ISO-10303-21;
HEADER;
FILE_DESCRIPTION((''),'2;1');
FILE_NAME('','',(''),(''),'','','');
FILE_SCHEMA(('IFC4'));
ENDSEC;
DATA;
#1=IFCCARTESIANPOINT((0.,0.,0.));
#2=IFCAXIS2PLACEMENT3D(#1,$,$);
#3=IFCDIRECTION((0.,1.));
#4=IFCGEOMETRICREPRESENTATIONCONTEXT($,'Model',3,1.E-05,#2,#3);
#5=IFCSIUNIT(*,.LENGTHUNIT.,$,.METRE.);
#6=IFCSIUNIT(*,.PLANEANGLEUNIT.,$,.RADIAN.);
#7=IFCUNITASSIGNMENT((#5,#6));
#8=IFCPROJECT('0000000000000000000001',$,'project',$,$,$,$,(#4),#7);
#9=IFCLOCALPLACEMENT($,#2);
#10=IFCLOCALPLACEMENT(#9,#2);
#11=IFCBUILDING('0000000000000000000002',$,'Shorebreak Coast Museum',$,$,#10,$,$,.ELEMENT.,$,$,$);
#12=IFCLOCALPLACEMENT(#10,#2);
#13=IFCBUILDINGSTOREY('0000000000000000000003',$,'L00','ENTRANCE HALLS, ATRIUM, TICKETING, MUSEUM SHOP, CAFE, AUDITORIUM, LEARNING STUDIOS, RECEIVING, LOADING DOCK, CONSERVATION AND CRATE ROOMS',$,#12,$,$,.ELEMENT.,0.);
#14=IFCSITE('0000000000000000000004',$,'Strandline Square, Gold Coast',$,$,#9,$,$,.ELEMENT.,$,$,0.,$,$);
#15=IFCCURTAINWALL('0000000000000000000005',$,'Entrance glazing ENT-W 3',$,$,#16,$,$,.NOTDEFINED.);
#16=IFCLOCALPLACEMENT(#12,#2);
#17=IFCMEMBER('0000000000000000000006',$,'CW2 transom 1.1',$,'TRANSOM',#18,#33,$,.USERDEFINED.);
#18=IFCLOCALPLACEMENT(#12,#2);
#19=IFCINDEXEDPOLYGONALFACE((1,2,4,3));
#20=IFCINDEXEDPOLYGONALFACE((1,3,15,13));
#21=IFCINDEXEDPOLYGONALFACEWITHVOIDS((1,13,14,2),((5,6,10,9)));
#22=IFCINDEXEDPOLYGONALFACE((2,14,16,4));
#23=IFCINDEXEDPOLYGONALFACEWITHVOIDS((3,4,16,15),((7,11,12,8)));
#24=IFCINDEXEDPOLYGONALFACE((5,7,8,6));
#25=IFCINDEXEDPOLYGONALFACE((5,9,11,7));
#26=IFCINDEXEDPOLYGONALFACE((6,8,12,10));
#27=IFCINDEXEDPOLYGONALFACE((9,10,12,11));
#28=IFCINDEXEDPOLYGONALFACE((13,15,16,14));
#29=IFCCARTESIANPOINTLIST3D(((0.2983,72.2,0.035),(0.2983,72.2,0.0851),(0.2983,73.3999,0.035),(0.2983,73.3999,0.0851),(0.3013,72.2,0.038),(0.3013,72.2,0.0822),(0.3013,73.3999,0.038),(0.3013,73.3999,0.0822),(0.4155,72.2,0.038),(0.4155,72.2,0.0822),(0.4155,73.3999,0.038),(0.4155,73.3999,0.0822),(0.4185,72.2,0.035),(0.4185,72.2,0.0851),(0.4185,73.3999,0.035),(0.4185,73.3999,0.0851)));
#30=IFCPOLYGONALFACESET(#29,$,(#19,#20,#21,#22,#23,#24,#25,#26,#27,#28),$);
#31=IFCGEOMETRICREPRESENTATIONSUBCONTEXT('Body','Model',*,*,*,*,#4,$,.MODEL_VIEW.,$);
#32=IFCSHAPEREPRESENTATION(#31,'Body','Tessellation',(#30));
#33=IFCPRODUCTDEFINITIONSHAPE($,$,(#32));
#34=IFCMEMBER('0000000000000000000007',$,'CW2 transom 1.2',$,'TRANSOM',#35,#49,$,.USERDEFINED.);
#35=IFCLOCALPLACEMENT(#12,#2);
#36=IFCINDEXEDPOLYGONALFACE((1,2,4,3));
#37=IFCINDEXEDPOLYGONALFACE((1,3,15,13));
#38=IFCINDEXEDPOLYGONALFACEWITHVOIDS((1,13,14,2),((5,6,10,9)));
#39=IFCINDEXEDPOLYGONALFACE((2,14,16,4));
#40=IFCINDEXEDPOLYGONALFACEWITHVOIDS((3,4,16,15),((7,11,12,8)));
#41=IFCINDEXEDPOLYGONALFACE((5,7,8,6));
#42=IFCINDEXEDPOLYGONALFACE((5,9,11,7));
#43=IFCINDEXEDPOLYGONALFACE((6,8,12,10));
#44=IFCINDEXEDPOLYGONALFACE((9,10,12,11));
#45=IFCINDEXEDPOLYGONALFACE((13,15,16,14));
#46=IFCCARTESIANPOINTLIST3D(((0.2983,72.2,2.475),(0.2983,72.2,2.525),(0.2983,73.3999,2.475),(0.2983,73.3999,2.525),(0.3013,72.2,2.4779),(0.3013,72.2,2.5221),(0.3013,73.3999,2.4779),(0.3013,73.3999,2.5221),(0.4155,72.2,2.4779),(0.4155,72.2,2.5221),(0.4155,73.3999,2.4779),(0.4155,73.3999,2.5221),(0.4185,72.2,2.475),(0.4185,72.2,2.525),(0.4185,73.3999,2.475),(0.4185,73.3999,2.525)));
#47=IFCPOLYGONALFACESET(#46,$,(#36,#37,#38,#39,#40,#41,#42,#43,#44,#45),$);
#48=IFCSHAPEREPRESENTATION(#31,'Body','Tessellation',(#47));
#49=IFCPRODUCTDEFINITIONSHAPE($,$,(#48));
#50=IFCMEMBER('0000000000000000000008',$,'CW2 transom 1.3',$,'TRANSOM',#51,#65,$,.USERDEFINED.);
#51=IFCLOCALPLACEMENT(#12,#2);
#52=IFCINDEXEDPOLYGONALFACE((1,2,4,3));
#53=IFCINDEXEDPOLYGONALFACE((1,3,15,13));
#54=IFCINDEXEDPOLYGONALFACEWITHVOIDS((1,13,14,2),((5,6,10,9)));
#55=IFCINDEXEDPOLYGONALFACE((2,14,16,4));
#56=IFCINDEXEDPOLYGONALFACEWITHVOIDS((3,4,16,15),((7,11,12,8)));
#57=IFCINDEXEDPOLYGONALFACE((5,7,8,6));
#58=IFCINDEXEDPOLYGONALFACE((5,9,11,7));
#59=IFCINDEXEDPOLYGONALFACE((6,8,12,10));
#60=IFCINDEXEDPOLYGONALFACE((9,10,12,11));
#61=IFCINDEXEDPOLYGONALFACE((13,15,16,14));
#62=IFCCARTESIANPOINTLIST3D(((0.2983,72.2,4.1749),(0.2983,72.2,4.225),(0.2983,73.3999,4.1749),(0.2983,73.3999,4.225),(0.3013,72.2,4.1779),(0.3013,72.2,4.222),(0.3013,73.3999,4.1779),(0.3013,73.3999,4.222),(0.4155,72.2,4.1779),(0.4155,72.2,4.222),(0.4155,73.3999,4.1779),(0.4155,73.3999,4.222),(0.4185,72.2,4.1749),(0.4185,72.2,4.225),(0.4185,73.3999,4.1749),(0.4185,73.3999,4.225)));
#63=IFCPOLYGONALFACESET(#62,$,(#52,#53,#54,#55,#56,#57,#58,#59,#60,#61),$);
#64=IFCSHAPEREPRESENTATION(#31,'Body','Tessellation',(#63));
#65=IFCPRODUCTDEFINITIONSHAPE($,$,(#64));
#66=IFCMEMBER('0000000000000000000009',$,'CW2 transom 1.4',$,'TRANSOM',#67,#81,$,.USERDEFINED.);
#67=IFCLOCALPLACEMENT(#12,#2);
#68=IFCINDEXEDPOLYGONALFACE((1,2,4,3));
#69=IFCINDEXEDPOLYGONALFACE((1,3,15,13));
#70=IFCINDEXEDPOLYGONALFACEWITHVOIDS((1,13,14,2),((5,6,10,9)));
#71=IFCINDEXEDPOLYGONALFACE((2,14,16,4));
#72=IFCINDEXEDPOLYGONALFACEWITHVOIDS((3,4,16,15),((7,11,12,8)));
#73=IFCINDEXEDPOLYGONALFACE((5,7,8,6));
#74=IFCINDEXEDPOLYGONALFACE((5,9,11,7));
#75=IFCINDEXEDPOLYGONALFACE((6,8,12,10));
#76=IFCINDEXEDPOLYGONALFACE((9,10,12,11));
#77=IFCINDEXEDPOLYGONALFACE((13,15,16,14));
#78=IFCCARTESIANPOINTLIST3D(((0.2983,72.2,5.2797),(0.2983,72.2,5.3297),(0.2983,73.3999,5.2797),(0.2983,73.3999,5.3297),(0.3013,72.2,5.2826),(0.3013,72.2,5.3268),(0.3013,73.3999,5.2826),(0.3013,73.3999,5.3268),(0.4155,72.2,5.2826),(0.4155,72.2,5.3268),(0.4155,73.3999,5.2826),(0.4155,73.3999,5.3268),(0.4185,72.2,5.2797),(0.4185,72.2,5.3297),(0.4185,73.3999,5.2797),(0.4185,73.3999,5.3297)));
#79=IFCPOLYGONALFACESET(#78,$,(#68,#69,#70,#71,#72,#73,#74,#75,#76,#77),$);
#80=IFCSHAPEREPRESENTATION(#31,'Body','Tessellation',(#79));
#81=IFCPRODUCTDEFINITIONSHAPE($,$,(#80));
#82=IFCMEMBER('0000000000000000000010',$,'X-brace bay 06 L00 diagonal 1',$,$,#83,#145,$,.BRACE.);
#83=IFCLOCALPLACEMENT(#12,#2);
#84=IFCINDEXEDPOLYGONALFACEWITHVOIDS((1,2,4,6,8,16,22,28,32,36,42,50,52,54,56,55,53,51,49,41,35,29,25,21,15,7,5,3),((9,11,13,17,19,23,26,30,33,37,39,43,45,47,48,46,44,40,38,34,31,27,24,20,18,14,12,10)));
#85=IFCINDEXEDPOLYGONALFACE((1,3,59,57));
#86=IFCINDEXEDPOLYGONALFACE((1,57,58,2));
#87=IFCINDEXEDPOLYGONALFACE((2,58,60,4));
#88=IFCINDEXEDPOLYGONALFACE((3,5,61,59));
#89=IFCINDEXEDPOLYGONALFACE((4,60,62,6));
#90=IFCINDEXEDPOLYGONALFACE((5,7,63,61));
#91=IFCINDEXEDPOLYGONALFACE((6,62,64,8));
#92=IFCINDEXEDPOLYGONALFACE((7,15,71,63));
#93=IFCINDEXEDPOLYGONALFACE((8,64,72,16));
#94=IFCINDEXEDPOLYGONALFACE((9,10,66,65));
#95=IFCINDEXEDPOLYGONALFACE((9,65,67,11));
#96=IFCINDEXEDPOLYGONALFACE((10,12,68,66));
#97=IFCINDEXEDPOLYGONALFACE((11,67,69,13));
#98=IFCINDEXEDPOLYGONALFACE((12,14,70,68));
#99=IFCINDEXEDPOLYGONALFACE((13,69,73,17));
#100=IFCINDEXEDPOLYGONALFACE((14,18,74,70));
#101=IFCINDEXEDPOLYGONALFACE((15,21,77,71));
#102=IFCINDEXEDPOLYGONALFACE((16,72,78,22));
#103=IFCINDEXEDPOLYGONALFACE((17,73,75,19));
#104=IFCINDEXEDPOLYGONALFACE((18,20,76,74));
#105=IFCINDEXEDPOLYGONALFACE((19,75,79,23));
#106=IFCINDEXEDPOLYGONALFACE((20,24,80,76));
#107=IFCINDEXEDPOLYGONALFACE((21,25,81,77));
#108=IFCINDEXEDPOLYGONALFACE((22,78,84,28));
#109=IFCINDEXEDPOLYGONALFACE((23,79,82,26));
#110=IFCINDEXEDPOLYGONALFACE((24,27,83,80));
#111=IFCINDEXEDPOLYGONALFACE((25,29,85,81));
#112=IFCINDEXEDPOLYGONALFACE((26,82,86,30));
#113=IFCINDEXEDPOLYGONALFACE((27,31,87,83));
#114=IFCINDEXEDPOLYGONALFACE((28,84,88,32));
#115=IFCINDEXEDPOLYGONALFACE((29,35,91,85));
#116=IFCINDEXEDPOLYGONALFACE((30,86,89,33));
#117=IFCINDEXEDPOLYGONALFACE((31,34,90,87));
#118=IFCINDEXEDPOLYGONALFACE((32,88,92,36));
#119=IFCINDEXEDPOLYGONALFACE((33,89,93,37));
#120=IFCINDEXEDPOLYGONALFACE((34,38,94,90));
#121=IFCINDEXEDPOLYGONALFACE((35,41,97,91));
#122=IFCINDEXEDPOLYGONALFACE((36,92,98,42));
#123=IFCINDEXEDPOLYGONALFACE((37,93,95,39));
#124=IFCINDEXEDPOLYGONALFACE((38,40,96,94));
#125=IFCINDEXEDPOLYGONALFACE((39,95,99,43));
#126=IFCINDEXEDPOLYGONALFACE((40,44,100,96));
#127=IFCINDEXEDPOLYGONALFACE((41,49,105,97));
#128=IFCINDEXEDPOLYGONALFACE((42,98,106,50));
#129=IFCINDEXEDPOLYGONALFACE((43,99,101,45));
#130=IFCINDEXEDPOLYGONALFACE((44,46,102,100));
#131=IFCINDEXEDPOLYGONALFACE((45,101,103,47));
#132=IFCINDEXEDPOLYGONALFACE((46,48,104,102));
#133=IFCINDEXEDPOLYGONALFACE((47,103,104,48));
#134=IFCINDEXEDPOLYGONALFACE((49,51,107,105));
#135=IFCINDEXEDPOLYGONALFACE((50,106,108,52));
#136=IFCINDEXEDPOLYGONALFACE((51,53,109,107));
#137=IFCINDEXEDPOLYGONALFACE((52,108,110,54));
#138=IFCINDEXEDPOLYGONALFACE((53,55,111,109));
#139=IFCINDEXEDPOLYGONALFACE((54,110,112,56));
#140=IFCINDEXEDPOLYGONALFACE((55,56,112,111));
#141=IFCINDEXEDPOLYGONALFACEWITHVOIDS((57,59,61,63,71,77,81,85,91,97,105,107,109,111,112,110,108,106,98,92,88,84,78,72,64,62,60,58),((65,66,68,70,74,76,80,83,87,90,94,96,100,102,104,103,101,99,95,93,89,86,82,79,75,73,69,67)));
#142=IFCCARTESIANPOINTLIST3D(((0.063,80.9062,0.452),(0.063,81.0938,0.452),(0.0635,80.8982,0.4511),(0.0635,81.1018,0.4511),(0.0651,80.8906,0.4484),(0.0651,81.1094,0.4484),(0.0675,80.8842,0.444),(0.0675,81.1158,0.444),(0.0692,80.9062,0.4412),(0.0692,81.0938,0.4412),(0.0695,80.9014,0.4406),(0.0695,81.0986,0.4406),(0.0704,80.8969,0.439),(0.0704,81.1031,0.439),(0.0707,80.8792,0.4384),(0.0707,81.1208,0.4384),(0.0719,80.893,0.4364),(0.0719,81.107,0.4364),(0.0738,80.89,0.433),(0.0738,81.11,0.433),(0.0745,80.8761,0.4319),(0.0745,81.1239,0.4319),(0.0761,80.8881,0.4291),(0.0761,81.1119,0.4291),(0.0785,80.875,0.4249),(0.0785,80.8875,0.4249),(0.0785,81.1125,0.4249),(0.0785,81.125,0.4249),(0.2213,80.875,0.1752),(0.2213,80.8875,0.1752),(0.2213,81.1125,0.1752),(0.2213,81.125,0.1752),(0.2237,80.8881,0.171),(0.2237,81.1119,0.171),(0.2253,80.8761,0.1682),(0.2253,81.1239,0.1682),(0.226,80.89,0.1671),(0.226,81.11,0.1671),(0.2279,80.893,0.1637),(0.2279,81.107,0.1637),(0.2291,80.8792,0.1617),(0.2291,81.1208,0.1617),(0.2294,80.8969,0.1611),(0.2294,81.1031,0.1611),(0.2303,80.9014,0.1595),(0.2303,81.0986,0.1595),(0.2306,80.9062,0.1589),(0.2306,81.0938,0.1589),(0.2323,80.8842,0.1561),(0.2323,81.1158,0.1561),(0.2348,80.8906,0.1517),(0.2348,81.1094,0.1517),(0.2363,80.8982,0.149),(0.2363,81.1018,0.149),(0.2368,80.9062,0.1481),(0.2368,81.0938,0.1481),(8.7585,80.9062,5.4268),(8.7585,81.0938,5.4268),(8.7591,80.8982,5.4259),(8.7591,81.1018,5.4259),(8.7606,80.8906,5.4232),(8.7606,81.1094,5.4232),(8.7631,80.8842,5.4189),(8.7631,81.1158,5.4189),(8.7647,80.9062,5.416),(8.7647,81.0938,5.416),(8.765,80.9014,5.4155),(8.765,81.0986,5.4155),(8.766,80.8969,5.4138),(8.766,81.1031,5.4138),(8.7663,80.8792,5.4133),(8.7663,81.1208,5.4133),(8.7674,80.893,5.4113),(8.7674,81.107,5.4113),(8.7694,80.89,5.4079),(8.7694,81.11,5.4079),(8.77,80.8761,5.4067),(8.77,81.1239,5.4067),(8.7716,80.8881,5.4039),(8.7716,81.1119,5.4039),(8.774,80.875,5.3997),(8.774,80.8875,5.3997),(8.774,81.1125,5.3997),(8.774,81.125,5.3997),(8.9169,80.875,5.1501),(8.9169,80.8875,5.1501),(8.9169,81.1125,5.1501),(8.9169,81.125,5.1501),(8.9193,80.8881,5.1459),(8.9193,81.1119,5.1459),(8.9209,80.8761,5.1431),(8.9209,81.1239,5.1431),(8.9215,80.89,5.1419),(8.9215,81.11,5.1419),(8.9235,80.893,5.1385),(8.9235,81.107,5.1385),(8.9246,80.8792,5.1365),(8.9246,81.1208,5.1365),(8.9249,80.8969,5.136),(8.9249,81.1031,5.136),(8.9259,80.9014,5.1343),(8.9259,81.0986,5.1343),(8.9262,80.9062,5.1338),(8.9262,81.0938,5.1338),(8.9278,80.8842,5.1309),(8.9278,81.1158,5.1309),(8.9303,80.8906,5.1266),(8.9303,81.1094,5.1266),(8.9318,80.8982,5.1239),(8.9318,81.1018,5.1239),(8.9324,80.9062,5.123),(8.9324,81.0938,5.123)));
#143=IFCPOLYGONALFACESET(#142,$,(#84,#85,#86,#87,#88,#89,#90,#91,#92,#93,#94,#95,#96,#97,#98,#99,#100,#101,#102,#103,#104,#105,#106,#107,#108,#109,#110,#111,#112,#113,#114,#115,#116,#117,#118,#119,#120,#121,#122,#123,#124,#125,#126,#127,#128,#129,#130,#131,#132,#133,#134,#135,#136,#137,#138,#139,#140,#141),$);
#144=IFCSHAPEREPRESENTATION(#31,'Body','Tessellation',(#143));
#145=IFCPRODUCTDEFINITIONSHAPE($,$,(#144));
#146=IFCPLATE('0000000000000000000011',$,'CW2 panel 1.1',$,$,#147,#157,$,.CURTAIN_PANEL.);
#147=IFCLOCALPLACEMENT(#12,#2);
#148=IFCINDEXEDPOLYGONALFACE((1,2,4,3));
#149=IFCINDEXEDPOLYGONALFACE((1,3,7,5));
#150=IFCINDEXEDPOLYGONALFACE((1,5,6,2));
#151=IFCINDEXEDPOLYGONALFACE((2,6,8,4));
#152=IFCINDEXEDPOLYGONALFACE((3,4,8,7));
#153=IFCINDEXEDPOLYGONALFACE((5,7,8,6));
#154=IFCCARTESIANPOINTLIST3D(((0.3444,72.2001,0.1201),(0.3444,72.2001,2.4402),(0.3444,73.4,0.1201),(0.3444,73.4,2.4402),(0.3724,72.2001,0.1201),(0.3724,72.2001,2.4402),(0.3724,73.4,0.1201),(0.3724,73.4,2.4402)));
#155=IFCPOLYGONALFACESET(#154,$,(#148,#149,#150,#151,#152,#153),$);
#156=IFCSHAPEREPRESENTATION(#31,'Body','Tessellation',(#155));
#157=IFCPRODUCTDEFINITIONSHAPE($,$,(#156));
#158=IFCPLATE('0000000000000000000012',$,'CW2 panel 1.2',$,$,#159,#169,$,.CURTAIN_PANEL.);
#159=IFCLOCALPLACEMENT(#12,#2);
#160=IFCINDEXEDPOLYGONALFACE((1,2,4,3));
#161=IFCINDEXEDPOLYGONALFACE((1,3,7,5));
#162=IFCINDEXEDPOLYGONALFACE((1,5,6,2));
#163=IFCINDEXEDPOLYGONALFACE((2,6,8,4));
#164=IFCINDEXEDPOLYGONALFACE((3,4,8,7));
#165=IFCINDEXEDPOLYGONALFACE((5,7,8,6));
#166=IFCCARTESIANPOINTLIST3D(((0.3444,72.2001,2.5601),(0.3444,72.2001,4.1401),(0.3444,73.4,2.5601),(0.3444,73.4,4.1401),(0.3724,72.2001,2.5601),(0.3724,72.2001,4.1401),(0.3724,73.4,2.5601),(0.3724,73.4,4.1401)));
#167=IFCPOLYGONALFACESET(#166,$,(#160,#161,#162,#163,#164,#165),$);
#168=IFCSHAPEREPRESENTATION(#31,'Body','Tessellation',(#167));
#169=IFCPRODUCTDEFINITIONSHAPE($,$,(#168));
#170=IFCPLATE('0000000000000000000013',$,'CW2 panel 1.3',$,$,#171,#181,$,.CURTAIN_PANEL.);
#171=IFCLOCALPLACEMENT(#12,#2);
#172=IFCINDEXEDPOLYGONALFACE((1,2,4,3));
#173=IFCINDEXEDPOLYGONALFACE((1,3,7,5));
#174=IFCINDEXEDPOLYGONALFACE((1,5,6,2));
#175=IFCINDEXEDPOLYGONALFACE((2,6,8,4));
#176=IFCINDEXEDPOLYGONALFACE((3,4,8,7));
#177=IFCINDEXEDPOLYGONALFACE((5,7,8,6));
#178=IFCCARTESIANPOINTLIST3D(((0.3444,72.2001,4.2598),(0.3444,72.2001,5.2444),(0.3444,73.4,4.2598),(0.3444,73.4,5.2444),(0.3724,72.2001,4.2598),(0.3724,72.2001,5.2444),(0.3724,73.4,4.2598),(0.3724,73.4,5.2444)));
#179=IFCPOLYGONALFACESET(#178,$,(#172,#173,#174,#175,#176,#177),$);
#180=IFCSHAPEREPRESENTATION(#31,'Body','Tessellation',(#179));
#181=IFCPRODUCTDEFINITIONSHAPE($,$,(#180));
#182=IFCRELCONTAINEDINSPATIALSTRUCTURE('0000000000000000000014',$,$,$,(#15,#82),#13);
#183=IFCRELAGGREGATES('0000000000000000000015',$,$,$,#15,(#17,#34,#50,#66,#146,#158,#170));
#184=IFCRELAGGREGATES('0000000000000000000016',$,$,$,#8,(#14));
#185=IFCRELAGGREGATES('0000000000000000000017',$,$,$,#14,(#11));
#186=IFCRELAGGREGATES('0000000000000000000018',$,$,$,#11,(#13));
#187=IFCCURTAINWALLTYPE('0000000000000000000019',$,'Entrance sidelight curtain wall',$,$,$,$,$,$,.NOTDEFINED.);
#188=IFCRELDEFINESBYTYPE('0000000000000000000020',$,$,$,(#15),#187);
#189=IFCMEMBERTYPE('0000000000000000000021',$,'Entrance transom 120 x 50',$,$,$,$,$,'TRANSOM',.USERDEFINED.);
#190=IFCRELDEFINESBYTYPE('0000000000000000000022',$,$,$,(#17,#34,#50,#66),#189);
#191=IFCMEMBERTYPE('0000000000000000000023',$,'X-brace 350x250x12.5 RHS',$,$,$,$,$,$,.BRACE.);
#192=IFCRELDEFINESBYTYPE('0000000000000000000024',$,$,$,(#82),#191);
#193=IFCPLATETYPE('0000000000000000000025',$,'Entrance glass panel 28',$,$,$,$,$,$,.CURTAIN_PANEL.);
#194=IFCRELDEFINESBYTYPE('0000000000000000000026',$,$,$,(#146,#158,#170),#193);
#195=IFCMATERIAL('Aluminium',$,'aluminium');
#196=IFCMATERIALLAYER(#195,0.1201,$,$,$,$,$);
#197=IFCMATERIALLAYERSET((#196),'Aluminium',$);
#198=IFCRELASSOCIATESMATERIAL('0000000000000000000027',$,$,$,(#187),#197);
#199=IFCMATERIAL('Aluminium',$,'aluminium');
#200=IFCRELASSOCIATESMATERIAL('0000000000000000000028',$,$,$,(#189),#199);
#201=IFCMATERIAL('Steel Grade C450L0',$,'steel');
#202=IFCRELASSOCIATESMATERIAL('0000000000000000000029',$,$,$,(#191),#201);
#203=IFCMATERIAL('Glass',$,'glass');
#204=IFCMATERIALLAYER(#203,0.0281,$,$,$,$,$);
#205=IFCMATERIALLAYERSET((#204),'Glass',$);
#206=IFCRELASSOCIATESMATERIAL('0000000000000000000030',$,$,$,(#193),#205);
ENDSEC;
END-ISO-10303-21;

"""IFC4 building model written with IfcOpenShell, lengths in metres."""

from ifc_helpers import new_model, si_unit, direction, frame, origin, origin_2d, place, context, subcontext, project, spatial, rectangle, hollow_rectangle, extrude, material, layer, layer_set, material_profile, profile_set, type_object, element, aggregate, save


model = new_model("IFC4")

# Units and contexts
model_context = context("Model", 3, precision=1e-05, world=origin(), true_north=direction((0.0, 1.0)))
body_context = subcontext(model_context, "Body", "Model", "MODEL_VIEW")
ifc_project = project(units=[si_unit("LENGTHUNIT", "METRE"), si_unit("PLANEANGLEUNIT", "RADIAN")], contexts=[model_context])

# Site, building, storey
site_placement = place(None, origin())
site = spatial("IfcSite", under=ifc_project, at=site_placement, Name="Strandline Square, Gold Coast", CompositionType="ELEMENT", RefElevation=0.0)
building_placement = place(site_placement, origin())
building = spatial("IfcBuilding", under=site, at=building_placement, Name="Shorebreak Coast Museum", CompositionType="ELEMENT")
storey_placement = place(building_placement, origin())
storey = spatial("IfcBuildingStorey", under=building, at=storey_placement, Name="L00", Description="ENTRANCE HALLS, ATRIUM, TICKETING, MUSEUM SHOP, CAFE, AUDITORIUM, LEARNING STUDIOS, RECEIVING, LOADING DOCK, CONSERVATION AND CRATE ROOMS", CompositionType="ELEMENT", Elevation=0.0)

# Curtain wall, members
ifc_material_1 = material(Name="Aluminium", Category="aluminium")
ifc_layer_1 = layer(ifc_material_1, 0.1201)
ifc_layer_set_1 = layer_set([ifc_layer_1], Name="Aluminium")
curtain_wall_type = type_object("IfcCurtainWallType", Name="Entrance sidelight curtain wall", PredefinedType="NOTDEFINED", material=ifc_layer_set_1)
curtain_wall_placement = place(storey_placement, origin())
curtain_wall = element("IfcCurtainWall", 1, at=curtain_wall_placement, inside=storey, type_object=curtain_wall_type, Name="Entrance glazing ENT-W 3", PredefinedType="NOTDEFINED")
ifc_material_2 = material(Name="Aluminium", Category="aluminium")
ifc_material_profile_1 = material_profile(ifc_material_2, hollow_rectangle(XDim=0.1201, YDim=0.05, WallThickness=0.0029, at=origin_2d()), Name="AL 50x120 RHS")
ifc_profile_set_1 = profile_set([ifc_material_profile_1], Name="Aluminium")
member_type_1 = type_object("IfcMemberType", Name="Entrance transom 120 x 50", ElementType="TRANSOM", PredefinedType="USERDEFINED", material=ifc_profile_set_1)
member_1_placement = place(storey_placement, frame((0.3584, 72.2, 0.0601), z_axis=(0.0, 1.0, 0.0), x_axis=(-1.0, 0.0, 0.0)))
member_1 = element("IfcMember", 2, at=member_1_placement, type_object=member_type_1, Name="CW2 transom 1.1", ObjectType="TRANSOM", PredefinedType="USERDEFINED", context=body_context, shape_type="SweptSolid", body=[
    extrude(hollow_rectangle(XDim=0.1201, YDim=0.05, WallThickness=0.0029, at=origin_2d()), origin(), (0.0, 0.0, 1.0), 1.2),
])
member_2_placement = place(storey_placement, frame((0.3584, 72.2, 2.5), z_axis=(0.0, 1.0, 0.0), x_axis=(-1.0, 0.0, 0.0)))
member_2 = element("IfcMember", 3, at=member_2_placement, type_object=member_type_1, Name="CW2 transom 1.2", ObjectType="TRANSOM", PredefinedType="USERDEFINED", context=body_context, shape_type="SweptSolid", body=[
    extrude(hollow_rectangle(XDim=0.1201, YDim=0.05, WallThickness=0.0029, at=origin_2d()), origin(), (0.0, 0.0, 1.0), 1.2),
])
member_3_placement = place(storey_placement, frame((0.3584, 72.2, 4.2), z_axis=(0.0, 1.0, 0.0), x_axis=(-1.0, 0.0, 0.0)))
member_3 = element("IfcMember", 4, at=member_3_placement, type_object=member_type_1, Name="CW2 transom 1.3", ObjectType="TRANSOM", PredefinedType="USERDEFINED", context=body_context, shape_type="SweptSolid", body=[
    extrude(hollow_rectangle(XDim=0.1201, YDim=0.05, WallThickness=0.0029, at=origin_2d()), origin(), (0.0, 0.0, 1.0), 1.2),
])
member_4_placement = place(storey_placement, frame((0.3584, 72.2, 5.3047), z_axis=(0.0, 1.0, 0.0), x_axis=(-1.0, 0.0, 0.0)))
member_4 = element("IfcMember", 5, at=member_4_placement, type_object=member_type_1, Name="CW2 transom 1.4", ObjectType="TRANSOM", PredefinedType="USERDEFINED", context=body_context, shape_type="SweptSolid", body=[
    extrude(hollow_rectangle(XDim=0.1201, YDim=0.05, WallThickness=0.0029, at=origin_2d()), origin(), (0.0, 0.0, 1.0), 1.2),
])

# Member
ifc_material_3 = material(Name="Steel Grade C450L0", Category="steel")
ifc_material_profile_2 = material_profile(ifc_material_3, hollow_rectangle(XDim=0.25, YDim=0.3501, WallThickness=0.0125, InnerFilletRadius=0.0188, OuterFilletRadius=0.0312, at=origin_2d()), Name="350x250x12.5 RHS")
ifc_profile_set_2 = profile_set([ifc_material_profile_2], Name="Steel Grade C450L0")
member_type_2 = type_object("IfcMemberType", Name="X-brace 350x250x12.5 RHS", PredefinedType="BRACE", material=ifc_profile_set_2)
member_5_placement = place(storey_placement, frame((0.1499, 81.0, 0.3), z_axis=(0.867987, 0.0, 0.496588), x_axis=(0.0, 1.0, 0.0)))
element("IfcMember", 6, at=member_5_placement, inside=storey, type_object=member_type_2, Name="X-brace bay 06 L00 diagonal 1", PredefinedType="BRACE", context=body_context, shape_type="SweptSolid", body=[
    extrude(hollow_rectangle(XDim=0.25, YDim=0.3501, WallThickness=0.0125, InnerFilletRadius=0.0188, OuterFilletRadius=0.0312, at=origin_2d()), origin(), (0.0, 0.0, 1.0), 10.0181),
])

# Plates
ifc_material_4 = material(Name="Glass", Category="glass")
ifc_layer_2 = layer(ifc_material_4, 0.0281)
ifc_layer_set_2 = layer_set([ifc_layer_2], Name="Glass")
plate_type = type_object("IfcPlateType", Name="Entrance glass panel 28", PredefinedType="CURTAIN_PANEL", material=ifc_layer_set_2)
plate_1_placement = place(storey_placement, frame((0.3584, 72.8, 0.1201), z_axis=(0.0, 0.0, 1.0), x_axis=(0.0, 1.0, 0.0)))
plate_1 = element("IfcPlate", 7, at=plate_1_placement, type_object=plate_type, Name="CW2 panel 1.1", PredefinedType="CURTAIN_PANEL", context=body_context, shape_type="SweptSolid", body=[
    extrude(rectangle(XDim=1.2, YDim=0.0281, at=origin_2d()), origin(), (0.0, 0.0, 1.0), 2.3201),
])
plate_2_placement = place(storey_placement, frame((0.3584, 72.8, 2.5601), z_axis=(0.0, 0.0, 1.0), x_axis=(0.0, 1.0, 0.0)))
plate_2 = element("IfcPlate", 8, at=plate_2_placement, type_object=plate_type, Name="CW2 panel 1.2", PredefinedType="CURTAIN_PANEL", context=body_context, shape_type="SweptSolid", body=[
    extrude(rectangle(XDim=1.2, YDim=0.0281, at=origin_2d()), origin(), (0.0, 0.0, 1.0), 1.5801),
])
plate_3_placement = place(storey_placement, frame((0.3584, 72.8, 4.2598), z_axis=(0.0, 0.0, 1.0), x_axis=(0.0, 1.0, 0.0)))
plate_3 = element("IfcPlate", 9, at=plate_3_placement, type_object=plate_type, Name="CW2 panel 1.3", PredefinedType="CURTAIN_PANEL", context=body_context, shape_type="SweptSolid", body=[
    extrude(rectangle(XDim=1.2, YDim=0.0281, at=origin_2d()), origin(), (0.0, 0.0, 1.0), 0.9846),
])
aggregate(curtain_wall, [member_1, member_2, member_3, member_4, plate_1, plate_2, plate_3])

save(model, "model.ifc")
